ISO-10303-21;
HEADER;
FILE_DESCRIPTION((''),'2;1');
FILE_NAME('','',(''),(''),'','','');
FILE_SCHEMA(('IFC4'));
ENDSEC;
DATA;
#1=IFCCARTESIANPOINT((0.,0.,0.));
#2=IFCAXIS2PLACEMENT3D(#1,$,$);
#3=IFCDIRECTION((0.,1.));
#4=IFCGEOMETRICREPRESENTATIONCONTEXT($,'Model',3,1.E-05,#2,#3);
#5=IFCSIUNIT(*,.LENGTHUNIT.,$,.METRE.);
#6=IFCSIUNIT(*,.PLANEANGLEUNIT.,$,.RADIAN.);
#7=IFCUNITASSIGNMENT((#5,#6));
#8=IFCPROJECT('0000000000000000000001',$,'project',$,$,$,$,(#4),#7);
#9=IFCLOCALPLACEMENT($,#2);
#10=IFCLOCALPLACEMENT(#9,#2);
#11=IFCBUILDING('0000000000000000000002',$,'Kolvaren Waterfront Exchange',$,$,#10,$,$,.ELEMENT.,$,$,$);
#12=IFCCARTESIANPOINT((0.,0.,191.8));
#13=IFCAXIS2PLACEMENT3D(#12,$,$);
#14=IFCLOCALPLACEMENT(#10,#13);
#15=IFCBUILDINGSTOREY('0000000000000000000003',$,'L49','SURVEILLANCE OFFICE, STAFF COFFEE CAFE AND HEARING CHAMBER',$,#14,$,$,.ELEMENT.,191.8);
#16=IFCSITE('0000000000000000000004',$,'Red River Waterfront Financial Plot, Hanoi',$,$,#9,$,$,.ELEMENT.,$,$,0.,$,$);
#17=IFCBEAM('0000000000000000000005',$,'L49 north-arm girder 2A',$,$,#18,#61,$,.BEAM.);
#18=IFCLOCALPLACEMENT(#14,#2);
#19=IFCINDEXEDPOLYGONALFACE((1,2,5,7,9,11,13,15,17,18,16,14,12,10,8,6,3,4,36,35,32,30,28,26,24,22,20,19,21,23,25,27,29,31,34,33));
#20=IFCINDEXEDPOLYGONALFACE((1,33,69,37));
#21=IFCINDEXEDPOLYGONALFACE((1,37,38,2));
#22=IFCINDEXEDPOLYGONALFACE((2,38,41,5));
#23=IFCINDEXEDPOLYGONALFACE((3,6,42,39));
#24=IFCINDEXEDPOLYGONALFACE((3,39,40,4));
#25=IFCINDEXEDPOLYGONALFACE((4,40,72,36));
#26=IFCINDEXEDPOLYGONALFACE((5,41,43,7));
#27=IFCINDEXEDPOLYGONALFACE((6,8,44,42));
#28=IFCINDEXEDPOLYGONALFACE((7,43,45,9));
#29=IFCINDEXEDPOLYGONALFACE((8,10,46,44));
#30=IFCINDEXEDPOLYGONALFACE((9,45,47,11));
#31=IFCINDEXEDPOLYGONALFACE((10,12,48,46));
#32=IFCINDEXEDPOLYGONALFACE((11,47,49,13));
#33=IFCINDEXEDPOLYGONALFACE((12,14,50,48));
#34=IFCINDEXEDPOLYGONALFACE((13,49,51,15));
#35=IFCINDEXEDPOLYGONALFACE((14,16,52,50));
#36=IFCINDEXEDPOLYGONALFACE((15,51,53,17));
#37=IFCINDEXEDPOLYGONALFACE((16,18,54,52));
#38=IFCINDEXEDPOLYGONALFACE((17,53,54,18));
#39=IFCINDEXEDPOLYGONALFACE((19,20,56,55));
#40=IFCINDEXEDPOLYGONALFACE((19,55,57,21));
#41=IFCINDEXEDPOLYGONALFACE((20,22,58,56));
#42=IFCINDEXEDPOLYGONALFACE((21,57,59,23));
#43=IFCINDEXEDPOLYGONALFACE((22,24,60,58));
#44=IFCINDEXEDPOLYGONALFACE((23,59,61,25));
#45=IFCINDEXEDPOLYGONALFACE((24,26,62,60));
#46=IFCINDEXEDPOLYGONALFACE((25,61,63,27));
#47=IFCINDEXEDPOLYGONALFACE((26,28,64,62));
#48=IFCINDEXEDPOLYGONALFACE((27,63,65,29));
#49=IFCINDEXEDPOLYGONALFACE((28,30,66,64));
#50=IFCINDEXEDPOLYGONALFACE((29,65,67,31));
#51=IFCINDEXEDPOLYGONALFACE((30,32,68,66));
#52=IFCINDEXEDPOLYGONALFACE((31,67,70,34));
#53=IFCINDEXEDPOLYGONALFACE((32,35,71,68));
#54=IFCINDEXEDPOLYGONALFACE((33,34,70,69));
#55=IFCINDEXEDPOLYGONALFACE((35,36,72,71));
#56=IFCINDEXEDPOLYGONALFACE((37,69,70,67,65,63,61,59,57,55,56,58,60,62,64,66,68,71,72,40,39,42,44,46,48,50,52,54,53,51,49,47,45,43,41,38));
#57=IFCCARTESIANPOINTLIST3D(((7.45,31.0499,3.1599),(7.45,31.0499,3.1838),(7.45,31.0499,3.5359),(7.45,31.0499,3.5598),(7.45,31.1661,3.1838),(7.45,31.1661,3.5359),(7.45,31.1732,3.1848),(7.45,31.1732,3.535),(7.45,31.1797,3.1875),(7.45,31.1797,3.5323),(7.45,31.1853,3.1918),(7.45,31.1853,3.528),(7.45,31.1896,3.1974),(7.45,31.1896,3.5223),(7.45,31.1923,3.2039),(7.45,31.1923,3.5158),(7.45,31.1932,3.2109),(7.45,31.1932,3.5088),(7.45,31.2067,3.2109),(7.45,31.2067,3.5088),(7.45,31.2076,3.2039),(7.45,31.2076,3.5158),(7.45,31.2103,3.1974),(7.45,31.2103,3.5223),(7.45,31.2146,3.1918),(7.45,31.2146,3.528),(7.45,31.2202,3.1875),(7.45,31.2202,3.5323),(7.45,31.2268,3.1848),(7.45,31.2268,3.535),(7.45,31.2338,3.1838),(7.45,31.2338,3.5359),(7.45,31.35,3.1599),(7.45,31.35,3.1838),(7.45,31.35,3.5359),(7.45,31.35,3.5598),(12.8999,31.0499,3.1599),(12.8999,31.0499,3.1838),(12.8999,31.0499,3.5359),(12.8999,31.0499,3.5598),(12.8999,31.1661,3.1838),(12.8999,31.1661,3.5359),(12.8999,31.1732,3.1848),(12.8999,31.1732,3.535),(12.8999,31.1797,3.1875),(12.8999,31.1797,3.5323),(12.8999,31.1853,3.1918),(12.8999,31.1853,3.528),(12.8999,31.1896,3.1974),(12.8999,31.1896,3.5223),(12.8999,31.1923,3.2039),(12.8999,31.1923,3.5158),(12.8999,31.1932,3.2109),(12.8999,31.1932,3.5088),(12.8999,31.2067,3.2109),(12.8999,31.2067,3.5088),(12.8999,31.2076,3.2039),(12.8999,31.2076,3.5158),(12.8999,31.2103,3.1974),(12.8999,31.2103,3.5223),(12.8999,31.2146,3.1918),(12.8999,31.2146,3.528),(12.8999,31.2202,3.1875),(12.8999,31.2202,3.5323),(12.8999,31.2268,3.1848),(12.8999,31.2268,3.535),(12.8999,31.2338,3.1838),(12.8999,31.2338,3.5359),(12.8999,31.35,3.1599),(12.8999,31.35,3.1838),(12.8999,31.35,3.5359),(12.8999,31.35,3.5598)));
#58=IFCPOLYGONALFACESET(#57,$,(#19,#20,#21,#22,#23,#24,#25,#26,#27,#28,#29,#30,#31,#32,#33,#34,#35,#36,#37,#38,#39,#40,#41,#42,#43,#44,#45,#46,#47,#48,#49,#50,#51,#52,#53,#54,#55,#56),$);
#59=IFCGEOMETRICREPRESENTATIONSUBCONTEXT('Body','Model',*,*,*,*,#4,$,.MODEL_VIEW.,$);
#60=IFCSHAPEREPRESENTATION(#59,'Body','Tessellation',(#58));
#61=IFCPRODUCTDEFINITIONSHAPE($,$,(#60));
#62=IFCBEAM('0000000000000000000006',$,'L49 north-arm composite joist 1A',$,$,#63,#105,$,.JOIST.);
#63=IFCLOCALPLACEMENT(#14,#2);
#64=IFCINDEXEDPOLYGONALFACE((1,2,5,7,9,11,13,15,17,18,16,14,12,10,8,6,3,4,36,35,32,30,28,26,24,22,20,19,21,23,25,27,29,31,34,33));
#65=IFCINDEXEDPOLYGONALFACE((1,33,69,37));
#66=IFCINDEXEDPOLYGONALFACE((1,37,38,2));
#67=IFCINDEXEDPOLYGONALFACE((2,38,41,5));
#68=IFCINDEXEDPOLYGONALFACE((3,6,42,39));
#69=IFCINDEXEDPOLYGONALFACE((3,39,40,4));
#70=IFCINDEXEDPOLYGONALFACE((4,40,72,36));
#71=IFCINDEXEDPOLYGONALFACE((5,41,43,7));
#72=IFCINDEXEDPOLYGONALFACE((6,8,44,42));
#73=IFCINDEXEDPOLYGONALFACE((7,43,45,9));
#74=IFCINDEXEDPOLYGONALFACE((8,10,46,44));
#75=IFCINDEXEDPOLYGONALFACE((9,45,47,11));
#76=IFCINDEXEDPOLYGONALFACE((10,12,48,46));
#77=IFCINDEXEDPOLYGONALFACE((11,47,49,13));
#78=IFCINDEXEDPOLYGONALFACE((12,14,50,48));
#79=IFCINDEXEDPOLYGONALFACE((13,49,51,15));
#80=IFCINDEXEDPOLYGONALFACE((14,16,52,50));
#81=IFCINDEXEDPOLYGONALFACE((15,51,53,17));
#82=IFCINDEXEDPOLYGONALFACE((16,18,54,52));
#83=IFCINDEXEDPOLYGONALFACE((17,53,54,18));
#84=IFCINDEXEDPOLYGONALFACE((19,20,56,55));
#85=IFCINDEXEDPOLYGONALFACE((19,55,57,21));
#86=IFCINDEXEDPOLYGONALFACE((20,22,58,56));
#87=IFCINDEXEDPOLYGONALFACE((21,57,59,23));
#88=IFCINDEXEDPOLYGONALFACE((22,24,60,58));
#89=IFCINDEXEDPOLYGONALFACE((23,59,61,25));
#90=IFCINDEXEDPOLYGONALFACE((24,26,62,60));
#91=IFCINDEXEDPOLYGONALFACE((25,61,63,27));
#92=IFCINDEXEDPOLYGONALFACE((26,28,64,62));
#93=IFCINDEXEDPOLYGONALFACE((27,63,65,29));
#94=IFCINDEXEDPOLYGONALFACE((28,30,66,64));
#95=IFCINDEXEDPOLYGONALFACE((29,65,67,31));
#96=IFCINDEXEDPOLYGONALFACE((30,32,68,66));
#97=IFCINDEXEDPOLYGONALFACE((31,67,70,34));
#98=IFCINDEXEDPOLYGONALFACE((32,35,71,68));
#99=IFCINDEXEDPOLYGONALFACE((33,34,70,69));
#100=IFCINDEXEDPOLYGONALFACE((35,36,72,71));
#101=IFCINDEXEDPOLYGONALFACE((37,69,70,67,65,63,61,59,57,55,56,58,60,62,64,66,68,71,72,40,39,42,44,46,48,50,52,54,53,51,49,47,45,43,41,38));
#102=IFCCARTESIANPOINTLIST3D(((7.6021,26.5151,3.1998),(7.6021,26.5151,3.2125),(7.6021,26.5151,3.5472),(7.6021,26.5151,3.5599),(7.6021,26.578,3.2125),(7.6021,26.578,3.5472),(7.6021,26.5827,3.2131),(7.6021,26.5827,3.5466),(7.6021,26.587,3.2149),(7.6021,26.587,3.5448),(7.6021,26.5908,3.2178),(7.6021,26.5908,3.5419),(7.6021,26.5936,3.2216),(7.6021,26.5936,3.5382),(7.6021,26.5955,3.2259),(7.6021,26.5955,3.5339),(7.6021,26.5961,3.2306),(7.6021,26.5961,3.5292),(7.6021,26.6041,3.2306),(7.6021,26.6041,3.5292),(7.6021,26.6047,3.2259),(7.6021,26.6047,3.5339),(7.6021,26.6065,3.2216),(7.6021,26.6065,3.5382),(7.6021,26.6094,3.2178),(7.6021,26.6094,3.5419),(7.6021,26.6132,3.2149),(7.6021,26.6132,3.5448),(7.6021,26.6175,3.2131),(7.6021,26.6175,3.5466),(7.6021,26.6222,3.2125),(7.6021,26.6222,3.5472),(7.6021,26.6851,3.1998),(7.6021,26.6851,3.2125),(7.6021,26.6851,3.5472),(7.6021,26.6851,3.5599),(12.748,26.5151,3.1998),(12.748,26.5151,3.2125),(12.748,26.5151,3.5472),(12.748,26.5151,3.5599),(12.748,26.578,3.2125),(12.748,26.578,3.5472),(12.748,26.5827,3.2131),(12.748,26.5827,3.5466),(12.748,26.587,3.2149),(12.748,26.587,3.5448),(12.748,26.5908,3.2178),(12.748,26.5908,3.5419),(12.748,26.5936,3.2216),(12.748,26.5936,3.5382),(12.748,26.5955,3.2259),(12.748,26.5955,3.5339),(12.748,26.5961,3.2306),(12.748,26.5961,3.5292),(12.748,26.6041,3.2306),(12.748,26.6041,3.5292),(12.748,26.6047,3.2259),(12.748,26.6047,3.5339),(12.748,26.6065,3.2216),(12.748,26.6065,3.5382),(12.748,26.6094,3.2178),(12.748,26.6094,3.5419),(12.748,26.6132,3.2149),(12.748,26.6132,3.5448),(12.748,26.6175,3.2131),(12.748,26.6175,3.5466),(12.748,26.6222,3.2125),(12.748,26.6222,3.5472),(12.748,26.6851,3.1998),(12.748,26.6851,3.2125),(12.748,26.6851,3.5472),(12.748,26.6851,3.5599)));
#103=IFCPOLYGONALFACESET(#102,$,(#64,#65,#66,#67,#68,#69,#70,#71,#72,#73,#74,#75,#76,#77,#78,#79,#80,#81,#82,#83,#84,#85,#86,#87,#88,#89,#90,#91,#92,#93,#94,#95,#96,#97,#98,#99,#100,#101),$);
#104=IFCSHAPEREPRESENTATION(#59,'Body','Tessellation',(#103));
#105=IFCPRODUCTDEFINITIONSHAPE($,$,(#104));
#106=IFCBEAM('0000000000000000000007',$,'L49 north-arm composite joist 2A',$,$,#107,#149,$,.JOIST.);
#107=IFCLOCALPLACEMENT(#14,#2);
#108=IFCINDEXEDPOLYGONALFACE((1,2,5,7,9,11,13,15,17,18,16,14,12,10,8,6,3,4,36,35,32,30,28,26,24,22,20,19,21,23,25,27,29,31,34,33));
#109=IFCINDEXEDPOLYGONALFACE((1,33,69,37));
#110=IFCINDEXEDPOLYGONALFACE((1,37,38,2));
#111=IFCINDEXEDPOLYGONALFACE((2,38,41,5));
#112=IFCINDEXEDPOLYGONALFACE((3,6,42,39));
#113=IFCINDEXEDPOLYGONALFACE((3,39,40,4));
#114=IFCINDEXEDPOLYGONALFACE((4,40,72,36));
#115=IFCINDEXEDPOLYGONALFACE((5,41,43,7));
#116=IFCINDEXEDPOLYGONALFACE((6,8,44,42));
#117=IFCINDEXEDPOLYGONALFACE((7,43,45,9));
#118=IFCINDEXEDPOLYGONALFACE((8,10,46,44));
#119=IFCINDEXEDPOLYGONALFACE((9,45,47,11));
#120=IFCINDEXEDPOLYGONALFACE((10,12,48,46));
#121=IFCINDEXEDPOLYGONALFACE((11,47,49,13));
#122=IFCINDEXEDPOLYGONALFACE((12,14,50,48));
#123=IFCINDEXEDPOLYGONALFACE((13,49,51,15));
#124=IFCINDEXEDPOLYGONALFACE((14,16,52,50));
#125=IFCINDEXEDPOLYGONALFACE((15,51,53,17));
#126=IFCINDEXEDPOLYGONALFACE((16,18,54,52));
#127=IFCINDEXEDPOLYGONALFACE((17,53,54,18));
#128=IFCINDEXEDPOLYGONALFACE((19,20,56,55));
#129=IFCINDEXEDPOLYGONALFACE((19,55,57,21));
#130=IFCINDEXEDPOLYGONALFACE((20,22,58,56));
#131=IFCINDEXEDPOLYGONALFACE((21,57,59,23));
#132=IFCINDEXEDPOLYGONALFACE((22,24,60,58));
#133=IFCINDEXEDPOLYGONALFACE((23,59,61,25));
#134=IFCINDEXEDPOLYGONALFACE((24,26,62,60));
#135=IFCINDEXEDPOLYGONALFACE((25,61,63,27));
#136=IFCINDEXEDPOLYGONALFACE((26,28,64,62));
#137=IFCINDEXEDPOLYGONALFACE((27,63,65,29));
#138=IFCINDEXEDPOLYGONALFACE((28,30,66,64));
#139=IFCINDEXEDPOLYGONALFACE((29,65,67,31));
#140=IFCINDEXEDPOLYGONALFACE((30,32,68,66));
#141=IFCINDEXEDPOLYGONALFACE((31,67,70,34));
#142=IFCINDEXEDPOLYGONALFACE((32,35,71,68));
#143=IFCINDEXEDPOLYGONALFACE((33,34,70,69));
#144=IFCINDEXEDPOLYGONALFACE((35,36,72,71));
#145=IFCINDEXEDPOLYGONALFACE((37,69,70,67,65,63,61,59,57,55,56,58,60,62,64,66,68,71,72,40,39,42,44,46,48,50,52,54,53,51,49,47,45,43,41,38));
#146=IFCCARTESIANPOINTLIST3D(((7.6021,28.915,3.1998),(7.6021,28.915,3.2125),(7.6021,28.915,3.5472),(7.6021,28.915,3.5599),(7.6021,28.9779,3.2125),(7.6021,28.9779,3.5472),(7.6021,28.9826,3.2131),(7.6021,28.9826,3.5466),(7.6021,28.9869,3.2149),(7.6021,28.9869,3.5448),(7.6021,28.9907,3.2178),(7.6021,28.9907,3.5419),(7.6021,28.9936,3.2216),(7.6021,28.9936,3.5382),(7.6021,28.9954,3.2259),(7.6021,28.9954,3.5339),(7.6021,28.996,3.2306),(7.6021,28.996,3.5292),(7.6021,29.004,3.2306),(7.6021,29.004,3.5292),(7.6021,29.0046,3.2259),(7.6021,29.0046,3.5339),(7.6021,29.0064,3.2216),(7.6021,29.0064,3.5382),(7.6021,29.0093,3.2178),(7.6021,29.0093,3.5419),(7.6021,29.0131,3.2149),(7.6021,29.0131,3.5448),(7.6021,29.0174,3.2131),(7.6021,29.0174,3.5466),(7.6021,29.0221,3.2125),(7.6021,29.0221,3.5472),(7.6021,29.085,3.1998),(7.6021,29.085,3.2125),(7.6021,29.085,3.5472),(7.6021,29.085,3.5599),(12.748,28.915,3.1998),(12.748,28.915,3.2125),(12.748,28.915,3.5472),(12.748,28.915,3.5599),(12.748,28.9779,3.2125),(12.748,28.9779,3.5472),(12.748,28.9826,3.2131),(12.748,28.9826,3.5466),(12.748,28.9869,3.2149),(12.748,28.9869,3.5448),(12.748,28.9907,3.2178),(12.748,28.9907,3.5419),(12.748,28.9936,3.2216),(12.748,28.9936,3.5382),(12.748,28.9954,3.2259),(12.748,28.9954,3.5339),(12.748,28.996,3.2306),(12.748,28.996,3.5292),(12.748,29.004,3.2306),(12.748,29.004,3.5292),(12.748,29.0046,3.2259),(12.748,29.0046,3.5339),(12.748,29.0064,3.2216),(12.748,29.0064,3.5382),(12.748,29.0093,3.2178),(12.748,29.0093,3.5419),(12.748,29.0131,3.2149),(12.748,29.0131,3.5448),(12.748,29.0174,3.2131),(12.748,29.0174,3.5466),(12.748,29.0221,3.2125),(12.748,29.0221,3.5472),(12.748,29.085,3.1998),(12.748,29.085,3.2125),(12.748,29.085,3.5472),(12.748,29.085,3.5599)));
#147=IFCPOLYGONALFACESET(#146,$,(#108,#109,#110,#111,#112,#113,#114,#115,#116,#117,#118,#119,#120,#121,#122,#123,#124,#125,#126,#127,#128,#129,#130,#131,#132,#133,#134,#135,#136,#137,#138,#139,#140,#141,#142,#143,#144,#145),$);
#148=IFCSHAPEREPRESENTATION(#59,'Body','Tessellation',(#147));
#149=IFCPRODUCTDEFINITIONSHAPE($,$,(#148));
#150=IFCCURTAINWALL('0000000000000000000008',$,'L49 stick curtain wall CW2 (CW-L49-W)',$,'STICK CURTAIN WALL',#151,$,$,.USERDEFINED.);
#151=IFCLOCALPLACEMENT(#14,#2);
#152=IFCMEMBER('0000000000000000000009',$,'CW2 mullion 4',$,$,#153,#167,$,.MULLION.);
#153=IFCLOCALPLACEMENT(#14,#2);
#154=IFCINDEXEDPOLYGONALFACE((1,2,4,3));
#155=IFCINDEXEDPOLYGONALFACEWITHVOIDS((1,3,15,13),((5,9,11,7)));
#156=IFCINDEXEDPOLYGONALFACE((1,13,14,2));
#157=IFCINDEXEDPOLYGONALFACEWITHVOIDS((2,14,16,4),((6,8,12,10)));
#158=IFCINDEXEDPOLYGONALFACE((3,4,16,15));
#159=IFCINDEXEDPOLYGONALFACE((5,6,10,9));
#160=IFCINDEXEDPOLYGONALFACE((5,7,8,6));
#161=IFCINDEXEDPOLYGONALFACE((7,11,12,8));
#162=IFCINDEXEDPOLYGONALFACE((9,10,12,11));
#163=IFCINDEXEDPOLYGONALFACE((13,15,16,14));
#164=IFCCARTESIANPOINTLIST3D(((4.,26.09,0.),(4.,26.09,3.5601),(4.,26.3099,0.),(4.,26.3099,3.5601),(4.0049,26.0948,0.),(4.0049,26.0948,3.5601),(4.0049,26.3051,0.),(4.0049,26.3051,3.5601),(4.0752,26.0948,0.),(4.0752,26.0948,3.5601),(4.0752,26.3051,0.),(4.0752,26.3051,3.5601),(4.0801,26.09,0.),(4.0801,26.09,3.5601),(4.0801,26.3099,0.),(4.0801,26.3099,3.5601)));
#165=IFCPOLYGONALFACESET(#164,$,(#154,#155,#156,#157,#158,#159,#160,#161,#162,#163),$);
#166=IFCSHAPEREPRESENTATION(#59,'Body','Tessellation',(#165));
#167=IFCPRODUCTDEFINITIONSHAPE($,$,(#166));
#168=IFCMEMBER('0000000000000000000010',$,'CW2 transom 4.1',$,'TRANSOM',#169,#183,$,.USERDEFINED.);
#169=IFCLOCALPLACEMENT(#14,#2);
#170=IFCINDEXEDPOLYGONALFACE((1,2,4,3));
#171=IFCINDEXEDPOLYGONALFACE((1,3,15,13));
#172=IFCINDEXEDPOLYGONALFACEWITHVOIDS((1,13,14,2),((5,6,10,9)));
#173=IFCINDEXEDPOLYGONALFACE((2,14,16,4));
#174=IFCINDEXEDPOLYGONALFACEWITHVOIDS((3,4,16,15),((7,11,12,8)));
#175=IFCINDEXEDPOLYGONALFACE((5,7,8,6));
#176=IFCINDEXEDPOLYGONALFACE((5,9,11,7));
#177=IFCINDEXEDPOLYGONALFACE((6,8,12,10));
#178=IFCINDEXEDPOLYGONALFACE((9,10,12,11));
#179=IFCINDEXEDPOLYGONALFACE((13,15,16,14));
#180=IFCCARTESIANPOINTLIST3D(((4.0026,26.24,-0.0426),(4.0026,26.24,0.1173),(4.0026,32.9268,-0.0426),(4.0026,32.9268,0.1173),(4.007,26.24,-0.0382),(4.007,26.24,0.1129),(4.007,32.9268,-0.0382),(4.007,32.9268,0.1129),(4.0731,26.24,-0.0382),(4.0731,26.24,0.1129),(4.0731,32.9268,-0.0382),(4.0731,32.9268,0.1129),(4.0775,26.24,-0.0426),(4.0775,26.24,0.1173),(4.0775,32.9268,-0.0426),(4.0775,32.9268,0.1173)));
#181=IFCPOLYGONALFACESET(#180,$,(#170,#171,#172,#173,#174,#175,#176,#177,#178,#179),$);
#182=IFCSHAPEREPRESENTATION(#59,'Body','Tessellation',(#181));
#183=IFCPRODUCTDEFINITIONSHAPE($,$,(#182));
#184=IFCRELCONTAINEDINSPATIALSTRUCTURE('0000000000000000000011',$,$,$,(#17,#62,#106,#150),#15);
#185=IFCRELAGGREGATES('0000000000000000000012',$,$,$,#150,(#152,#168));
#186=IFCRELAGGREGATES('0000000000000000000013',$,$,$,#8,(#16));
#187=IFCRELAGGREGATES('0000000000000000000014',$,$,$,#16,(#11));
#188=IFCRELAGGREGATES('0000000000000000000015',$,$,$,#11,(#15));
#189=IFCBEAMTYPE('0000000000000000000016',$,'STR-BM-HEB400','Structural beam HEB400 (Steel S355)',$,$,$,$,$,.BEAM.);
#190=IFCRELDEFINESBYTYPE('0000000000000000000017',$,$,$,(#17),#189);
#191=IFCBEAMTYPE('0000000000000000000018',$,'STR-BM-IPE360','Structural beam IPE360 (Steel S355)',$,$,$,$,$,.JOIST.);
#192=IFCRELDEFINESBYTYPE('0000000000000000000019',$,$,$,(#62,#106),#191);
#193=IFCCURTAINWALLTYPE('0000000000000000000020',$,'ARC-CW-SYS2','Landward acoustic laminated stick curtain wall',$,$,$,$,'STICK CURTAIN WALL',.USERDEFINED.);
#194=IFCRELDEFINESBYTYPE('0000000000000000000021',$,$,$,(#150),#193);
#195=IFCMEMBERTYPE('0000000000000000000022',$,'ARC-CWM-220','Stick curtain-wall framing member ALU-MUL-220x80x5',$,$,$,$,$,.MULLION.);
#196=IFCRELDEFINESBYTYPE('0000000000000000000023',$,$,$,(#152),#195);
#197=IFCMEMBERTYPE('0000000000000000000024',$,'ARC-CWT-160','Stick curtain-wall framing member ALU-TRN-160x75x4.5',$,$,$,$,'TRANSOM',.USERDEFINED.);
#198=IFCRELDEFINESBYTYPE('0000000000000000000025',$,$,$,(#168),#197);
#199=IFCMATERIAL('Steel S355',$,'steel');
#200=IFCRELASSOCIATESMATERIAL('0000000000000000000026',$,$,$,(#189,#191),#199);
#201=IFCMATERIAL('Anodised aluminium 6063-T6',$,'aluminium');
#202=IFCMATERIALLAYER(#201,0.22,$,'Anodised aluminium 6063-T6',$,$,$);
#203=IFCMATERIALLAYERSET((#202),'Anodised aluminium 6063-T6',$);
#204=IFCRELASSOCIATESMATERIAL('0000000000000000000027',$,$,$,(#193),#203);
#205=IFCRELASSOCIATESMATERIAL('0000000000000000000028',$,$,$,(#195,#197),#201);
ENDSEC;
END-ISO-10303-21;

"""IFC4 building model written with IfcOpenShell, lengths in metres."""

from ifc_helpers import new_model, si_unit, direction, frame, origin, origin_with_axes, origin_2d, place, context, subcontext, project, spatial, hollow_rectangle, i_section, extrude, source, transform, mapped, material, layer, layer_set, material_profile, profile_set, type_object, element, aggregate, save


model = new_model("IFC4")

# Units and contexts
model_context = context("Model", 3, precision=1e-05, world=origin(), true_north=direction((0.0, 1.0)))
body_context = subcontext(model_context, "Body", "Model", "MODEL_VIEW")
ifc_project = project(units=[si_unit("LENGTHUNIT", "METRE"), si_unit("PLANEANGLEUNIT", "RADIAN")], contexts=[model_context])

# Site, building, storey
site_placement = place(None, origin())
site = spatial("IfcSite", under=ifc_project, at=site_placement, Name="Red River Waterfront Financial Plot, Hanoi", CompositionType="ELEMENT", RefElevation=0.0)
building_placement = place(site_placement, origin())
building = spatial("IfcBuilding", under=site, at=building_placement, Name="Kolvaren Waterfront Exchange", CompositionType="ELEMENT")
storey_placement = place(building_placement, frame((0.0, 0.0, 191.8)))
storey = spatial("IfcBuildingStorey", under=building, at=storey_placement, Name="L49", Description="SURVEILLANCE OFFICE, STAFF COFFEE CAFE AND HEARING CHAMBER", CompositionType="ELEMENT", Elevation=191.8)

# Beams
ifc_material_1 = material(Name="Steel S355", Category="steel")
ifc_material_profile_1 = material_profile(ifc_material_1, i_section(OverallWidth=0.3, OverallDepth=0.3999, WebThickness=0.0134, FlangeThickness=0.0239, FilletRadius=0.0271, at=origin_2d()), Name="HEB400")
ifc_profile_set_1 = profile_set([ifc_material_profile_1], Name="Steel S355")
beam_type_1 = type_object("IfcBeamType", Name="STR-BM-HEB400", Description="Structural beam HEB400 (Steel S355)", PredefinedType="BEAM", material=ifc_profile_set_1)
for number, where, z_axis, x_axis, name in (
    (1, (7.45, 31.2, 3.3599), (1.0, 0.0, 0.0), (0.0, 1.0, 0.0), "L49 north-arm girder 2A"),
):
    element("IfcBeam", number, at=place(storey_placement, frame(where, z_axis=z_axis, x_axis=x_axis)), inside=storey, type_object=beam_type_1, Name=name, PredefinedType="BEAM", context=body_context, shape_type="SweptSolid", body=[
        extrude(i_section(OverallWidth=0.3, OverallDepth=0.3999, WebThickness=0.0134, FlangeThickness=0.0239, FilletRadius=0.0271, at=origin_2d()), origin(), (0.0, 0.0, 1.0), 5.45),
    ])
ifc_material_profile_2 = material_profile(ifc_material_1, i_section(OverallWidth=0.1699, OverallDepth=0.3601, WebThickness=0.0081, FlangeThickness=0.0127, FilletRadius=0.0181, at=origin_2d()), Name="IPE360")
ifc_profile_set_2 = profile_set([ifc_material_profile_2], Name="Steel S355")
beam_type_2 = type_object("IfcBeamType", Name="STR-BM-IPE360", Description="Structural beam IPE360 (Steel S355)", PredefinedType="JOIST", material=ifc_profile_set_2)
for number, where, z_axis, x_axis, name in (
    (2, (7.6021, 26.6001, 3.3799), (1.0, 0.0, 0.0), (0.0, 1.0, 0.0), "L49 north-arm composite joist 1A"),
    (3, (7.6021, 29.0, 3.3799), (1.0, 0.0, 0.0), (0.0, 1.0, 0.0), "L49 north-arm composite joist 2A"),
):
    element("IfcBeam", number, at=place(storey_placement, frame(where, z_axis=z_axis, x_axis=x_axis)), inside=storey, type_object=beam_type_2, Name=name, PredefinedType="JOIST", context=body_context, shape_type="SweptSolid", body=[
        extrude(i_section(OverallWidth=0.1699, OverallDepth=0.3601, WebThickness=0.0081, FlangeThickness=0.0127, FilletRadius=0.0181, at=origin_2d()), origin(), (0.0, 0.0, 1.0), 5.146),
    ])

# Curtain wall, members
ifc_material_2 = material(Name="Anodised aluminium 6063-T6", Category="aluminium")
ifc_layer_1 = layer(ifc_material_2, 0.22, Name="Anodised aluminium 6063-T6")
ifc_layer_set_1 = layer_set([ifc_layer_1], Name="Anodised aluminium 6063-T6")
curtain_wall_type = type_object("IfcCurtainWallType", Name="ARC-CW-SYS2", Description="Landward acoustic laminated stick curtain wall", ElementType="STICK CURTAIN WALL", PredefinedType="USERDEFINED", material=ifc_layer_set_1)
curtain_wall_placement = place(storey_placement, origin())
curtain_wall = element("IfcCurtainWall", 4, at=curtain_wall_placement, inside=storey, type_object=curtain_wall_type, Name="L49 stick curtain wall CW2 (CW-L49-W)", ObjectType="STICK CURTAIN WALL", PredefinedType="USERDEFINED")
ifc_material_profile_3 = material_profile(ifc_material_2, hollow_rectangle(XDim=0.0801, YDim=0.22, WallThickness=0.0049, at=origin_2d()), Name="ALU-MUL-220x80x5")
ifc_profile_set_3 = profile_set([ifc_material_profile_3], Name="Anodised aluminium 6063-T6")
member_type_1 = type_object("IfcMemberType", Name="ARC-CWM-220", Description="Stick curtain-wall framing member ALU-MUL-220x80x5", PredefinedType="MULLION", material=ifc_profile_set_3)
shared_shape_1 = source(origin_with_axes(), body_context, "Body", "SweptSolid", [
    extrude(hollow_rectangle(XDim=0.0801, YDim=0.22, WallThickness=0.0049, at=origin_2d()), origin(), (0.0, 0.0, 1.0), 3.5601),
])
member_1_placement = place(storey_placement, frame((4.04, 26.2, 0.0), z_axis=(0.0, 0.0, 1.0), x_axis=(-1.0, 0.0, 0.0)))
member_1 = element("IfcMember", 5, at=member_1_placement, type_object=member_type_1, Name="CW2 mullion 4", PredefinedType="MULLION", context=body_context, shape_type="MappedRepresentation", body=[
    mapped(shared_shape_1, transform((0.0, 0.0, 0.0), x_axis=(1.0, 0.0, 0.0), y_axis=(0.0, 1.0, 0.0), z_axis=(0.0, 0.0, 1.0), scale=1.0)),
])
ifc_material_profile_4 = material_profile(ifc_material_2, hollow_rectangle(XDim=0.075, YDim=0.1599, WallThickness=0.0044, at=origin_2d()), Name="ALU-TRN-160x75x4.5")
ifc_profile_set_4 = profile_set([ifc_material_profile_4], Name="Anodised aluminium 6063-T6")
member_type_2 = type_object("IfcMemberType", Name="ARC-CWT-160", Description="Stick curtain-wall framing member ALU-TRN-160x75x4.5", ElementType="TRANSOM", PredefinedType="USERDEFINED", material=ifc_profile_set_4)
shared_shape_2 = source(origin_with_axes(), body_context, "Body", "SweptSolid", [
    extrude(hollow_rectangle(XDim=0.075, YDim=0.1599, WallThickness=0.0044, at=origin_2d()), origin(), (0.0, 0.0, 1.0), 6.6868),
])
member_2_placement = place(storey_placement, frame((4.04, 26.24, 0.0374), z_axis=(0.0, 1.0, 0.0), x_axis=(-1.0, 0.0, 0.0)))
member_2 = element("IfcMember", 6, at=member_2_placement, type_object=member_type_2, Name="CW2 transom 4.1", ObjectType="TRANSOM", PredefinedType="USERDEFINED", context=body_context, shape_type="MappedRepresentation", body=[
    mapped(shared_shape_2, transform((0.0, 0.0, 0.0), x_axis=(1.0, 0.0, 0.0), y_axis=(0.0, 1.0, 0.0), z_axis=(0.0, 0.0, 1.0), scale=1.0)),
])
aggregate(curtain_wall, [member_1, member_2])

save(model, "model.ifc")
